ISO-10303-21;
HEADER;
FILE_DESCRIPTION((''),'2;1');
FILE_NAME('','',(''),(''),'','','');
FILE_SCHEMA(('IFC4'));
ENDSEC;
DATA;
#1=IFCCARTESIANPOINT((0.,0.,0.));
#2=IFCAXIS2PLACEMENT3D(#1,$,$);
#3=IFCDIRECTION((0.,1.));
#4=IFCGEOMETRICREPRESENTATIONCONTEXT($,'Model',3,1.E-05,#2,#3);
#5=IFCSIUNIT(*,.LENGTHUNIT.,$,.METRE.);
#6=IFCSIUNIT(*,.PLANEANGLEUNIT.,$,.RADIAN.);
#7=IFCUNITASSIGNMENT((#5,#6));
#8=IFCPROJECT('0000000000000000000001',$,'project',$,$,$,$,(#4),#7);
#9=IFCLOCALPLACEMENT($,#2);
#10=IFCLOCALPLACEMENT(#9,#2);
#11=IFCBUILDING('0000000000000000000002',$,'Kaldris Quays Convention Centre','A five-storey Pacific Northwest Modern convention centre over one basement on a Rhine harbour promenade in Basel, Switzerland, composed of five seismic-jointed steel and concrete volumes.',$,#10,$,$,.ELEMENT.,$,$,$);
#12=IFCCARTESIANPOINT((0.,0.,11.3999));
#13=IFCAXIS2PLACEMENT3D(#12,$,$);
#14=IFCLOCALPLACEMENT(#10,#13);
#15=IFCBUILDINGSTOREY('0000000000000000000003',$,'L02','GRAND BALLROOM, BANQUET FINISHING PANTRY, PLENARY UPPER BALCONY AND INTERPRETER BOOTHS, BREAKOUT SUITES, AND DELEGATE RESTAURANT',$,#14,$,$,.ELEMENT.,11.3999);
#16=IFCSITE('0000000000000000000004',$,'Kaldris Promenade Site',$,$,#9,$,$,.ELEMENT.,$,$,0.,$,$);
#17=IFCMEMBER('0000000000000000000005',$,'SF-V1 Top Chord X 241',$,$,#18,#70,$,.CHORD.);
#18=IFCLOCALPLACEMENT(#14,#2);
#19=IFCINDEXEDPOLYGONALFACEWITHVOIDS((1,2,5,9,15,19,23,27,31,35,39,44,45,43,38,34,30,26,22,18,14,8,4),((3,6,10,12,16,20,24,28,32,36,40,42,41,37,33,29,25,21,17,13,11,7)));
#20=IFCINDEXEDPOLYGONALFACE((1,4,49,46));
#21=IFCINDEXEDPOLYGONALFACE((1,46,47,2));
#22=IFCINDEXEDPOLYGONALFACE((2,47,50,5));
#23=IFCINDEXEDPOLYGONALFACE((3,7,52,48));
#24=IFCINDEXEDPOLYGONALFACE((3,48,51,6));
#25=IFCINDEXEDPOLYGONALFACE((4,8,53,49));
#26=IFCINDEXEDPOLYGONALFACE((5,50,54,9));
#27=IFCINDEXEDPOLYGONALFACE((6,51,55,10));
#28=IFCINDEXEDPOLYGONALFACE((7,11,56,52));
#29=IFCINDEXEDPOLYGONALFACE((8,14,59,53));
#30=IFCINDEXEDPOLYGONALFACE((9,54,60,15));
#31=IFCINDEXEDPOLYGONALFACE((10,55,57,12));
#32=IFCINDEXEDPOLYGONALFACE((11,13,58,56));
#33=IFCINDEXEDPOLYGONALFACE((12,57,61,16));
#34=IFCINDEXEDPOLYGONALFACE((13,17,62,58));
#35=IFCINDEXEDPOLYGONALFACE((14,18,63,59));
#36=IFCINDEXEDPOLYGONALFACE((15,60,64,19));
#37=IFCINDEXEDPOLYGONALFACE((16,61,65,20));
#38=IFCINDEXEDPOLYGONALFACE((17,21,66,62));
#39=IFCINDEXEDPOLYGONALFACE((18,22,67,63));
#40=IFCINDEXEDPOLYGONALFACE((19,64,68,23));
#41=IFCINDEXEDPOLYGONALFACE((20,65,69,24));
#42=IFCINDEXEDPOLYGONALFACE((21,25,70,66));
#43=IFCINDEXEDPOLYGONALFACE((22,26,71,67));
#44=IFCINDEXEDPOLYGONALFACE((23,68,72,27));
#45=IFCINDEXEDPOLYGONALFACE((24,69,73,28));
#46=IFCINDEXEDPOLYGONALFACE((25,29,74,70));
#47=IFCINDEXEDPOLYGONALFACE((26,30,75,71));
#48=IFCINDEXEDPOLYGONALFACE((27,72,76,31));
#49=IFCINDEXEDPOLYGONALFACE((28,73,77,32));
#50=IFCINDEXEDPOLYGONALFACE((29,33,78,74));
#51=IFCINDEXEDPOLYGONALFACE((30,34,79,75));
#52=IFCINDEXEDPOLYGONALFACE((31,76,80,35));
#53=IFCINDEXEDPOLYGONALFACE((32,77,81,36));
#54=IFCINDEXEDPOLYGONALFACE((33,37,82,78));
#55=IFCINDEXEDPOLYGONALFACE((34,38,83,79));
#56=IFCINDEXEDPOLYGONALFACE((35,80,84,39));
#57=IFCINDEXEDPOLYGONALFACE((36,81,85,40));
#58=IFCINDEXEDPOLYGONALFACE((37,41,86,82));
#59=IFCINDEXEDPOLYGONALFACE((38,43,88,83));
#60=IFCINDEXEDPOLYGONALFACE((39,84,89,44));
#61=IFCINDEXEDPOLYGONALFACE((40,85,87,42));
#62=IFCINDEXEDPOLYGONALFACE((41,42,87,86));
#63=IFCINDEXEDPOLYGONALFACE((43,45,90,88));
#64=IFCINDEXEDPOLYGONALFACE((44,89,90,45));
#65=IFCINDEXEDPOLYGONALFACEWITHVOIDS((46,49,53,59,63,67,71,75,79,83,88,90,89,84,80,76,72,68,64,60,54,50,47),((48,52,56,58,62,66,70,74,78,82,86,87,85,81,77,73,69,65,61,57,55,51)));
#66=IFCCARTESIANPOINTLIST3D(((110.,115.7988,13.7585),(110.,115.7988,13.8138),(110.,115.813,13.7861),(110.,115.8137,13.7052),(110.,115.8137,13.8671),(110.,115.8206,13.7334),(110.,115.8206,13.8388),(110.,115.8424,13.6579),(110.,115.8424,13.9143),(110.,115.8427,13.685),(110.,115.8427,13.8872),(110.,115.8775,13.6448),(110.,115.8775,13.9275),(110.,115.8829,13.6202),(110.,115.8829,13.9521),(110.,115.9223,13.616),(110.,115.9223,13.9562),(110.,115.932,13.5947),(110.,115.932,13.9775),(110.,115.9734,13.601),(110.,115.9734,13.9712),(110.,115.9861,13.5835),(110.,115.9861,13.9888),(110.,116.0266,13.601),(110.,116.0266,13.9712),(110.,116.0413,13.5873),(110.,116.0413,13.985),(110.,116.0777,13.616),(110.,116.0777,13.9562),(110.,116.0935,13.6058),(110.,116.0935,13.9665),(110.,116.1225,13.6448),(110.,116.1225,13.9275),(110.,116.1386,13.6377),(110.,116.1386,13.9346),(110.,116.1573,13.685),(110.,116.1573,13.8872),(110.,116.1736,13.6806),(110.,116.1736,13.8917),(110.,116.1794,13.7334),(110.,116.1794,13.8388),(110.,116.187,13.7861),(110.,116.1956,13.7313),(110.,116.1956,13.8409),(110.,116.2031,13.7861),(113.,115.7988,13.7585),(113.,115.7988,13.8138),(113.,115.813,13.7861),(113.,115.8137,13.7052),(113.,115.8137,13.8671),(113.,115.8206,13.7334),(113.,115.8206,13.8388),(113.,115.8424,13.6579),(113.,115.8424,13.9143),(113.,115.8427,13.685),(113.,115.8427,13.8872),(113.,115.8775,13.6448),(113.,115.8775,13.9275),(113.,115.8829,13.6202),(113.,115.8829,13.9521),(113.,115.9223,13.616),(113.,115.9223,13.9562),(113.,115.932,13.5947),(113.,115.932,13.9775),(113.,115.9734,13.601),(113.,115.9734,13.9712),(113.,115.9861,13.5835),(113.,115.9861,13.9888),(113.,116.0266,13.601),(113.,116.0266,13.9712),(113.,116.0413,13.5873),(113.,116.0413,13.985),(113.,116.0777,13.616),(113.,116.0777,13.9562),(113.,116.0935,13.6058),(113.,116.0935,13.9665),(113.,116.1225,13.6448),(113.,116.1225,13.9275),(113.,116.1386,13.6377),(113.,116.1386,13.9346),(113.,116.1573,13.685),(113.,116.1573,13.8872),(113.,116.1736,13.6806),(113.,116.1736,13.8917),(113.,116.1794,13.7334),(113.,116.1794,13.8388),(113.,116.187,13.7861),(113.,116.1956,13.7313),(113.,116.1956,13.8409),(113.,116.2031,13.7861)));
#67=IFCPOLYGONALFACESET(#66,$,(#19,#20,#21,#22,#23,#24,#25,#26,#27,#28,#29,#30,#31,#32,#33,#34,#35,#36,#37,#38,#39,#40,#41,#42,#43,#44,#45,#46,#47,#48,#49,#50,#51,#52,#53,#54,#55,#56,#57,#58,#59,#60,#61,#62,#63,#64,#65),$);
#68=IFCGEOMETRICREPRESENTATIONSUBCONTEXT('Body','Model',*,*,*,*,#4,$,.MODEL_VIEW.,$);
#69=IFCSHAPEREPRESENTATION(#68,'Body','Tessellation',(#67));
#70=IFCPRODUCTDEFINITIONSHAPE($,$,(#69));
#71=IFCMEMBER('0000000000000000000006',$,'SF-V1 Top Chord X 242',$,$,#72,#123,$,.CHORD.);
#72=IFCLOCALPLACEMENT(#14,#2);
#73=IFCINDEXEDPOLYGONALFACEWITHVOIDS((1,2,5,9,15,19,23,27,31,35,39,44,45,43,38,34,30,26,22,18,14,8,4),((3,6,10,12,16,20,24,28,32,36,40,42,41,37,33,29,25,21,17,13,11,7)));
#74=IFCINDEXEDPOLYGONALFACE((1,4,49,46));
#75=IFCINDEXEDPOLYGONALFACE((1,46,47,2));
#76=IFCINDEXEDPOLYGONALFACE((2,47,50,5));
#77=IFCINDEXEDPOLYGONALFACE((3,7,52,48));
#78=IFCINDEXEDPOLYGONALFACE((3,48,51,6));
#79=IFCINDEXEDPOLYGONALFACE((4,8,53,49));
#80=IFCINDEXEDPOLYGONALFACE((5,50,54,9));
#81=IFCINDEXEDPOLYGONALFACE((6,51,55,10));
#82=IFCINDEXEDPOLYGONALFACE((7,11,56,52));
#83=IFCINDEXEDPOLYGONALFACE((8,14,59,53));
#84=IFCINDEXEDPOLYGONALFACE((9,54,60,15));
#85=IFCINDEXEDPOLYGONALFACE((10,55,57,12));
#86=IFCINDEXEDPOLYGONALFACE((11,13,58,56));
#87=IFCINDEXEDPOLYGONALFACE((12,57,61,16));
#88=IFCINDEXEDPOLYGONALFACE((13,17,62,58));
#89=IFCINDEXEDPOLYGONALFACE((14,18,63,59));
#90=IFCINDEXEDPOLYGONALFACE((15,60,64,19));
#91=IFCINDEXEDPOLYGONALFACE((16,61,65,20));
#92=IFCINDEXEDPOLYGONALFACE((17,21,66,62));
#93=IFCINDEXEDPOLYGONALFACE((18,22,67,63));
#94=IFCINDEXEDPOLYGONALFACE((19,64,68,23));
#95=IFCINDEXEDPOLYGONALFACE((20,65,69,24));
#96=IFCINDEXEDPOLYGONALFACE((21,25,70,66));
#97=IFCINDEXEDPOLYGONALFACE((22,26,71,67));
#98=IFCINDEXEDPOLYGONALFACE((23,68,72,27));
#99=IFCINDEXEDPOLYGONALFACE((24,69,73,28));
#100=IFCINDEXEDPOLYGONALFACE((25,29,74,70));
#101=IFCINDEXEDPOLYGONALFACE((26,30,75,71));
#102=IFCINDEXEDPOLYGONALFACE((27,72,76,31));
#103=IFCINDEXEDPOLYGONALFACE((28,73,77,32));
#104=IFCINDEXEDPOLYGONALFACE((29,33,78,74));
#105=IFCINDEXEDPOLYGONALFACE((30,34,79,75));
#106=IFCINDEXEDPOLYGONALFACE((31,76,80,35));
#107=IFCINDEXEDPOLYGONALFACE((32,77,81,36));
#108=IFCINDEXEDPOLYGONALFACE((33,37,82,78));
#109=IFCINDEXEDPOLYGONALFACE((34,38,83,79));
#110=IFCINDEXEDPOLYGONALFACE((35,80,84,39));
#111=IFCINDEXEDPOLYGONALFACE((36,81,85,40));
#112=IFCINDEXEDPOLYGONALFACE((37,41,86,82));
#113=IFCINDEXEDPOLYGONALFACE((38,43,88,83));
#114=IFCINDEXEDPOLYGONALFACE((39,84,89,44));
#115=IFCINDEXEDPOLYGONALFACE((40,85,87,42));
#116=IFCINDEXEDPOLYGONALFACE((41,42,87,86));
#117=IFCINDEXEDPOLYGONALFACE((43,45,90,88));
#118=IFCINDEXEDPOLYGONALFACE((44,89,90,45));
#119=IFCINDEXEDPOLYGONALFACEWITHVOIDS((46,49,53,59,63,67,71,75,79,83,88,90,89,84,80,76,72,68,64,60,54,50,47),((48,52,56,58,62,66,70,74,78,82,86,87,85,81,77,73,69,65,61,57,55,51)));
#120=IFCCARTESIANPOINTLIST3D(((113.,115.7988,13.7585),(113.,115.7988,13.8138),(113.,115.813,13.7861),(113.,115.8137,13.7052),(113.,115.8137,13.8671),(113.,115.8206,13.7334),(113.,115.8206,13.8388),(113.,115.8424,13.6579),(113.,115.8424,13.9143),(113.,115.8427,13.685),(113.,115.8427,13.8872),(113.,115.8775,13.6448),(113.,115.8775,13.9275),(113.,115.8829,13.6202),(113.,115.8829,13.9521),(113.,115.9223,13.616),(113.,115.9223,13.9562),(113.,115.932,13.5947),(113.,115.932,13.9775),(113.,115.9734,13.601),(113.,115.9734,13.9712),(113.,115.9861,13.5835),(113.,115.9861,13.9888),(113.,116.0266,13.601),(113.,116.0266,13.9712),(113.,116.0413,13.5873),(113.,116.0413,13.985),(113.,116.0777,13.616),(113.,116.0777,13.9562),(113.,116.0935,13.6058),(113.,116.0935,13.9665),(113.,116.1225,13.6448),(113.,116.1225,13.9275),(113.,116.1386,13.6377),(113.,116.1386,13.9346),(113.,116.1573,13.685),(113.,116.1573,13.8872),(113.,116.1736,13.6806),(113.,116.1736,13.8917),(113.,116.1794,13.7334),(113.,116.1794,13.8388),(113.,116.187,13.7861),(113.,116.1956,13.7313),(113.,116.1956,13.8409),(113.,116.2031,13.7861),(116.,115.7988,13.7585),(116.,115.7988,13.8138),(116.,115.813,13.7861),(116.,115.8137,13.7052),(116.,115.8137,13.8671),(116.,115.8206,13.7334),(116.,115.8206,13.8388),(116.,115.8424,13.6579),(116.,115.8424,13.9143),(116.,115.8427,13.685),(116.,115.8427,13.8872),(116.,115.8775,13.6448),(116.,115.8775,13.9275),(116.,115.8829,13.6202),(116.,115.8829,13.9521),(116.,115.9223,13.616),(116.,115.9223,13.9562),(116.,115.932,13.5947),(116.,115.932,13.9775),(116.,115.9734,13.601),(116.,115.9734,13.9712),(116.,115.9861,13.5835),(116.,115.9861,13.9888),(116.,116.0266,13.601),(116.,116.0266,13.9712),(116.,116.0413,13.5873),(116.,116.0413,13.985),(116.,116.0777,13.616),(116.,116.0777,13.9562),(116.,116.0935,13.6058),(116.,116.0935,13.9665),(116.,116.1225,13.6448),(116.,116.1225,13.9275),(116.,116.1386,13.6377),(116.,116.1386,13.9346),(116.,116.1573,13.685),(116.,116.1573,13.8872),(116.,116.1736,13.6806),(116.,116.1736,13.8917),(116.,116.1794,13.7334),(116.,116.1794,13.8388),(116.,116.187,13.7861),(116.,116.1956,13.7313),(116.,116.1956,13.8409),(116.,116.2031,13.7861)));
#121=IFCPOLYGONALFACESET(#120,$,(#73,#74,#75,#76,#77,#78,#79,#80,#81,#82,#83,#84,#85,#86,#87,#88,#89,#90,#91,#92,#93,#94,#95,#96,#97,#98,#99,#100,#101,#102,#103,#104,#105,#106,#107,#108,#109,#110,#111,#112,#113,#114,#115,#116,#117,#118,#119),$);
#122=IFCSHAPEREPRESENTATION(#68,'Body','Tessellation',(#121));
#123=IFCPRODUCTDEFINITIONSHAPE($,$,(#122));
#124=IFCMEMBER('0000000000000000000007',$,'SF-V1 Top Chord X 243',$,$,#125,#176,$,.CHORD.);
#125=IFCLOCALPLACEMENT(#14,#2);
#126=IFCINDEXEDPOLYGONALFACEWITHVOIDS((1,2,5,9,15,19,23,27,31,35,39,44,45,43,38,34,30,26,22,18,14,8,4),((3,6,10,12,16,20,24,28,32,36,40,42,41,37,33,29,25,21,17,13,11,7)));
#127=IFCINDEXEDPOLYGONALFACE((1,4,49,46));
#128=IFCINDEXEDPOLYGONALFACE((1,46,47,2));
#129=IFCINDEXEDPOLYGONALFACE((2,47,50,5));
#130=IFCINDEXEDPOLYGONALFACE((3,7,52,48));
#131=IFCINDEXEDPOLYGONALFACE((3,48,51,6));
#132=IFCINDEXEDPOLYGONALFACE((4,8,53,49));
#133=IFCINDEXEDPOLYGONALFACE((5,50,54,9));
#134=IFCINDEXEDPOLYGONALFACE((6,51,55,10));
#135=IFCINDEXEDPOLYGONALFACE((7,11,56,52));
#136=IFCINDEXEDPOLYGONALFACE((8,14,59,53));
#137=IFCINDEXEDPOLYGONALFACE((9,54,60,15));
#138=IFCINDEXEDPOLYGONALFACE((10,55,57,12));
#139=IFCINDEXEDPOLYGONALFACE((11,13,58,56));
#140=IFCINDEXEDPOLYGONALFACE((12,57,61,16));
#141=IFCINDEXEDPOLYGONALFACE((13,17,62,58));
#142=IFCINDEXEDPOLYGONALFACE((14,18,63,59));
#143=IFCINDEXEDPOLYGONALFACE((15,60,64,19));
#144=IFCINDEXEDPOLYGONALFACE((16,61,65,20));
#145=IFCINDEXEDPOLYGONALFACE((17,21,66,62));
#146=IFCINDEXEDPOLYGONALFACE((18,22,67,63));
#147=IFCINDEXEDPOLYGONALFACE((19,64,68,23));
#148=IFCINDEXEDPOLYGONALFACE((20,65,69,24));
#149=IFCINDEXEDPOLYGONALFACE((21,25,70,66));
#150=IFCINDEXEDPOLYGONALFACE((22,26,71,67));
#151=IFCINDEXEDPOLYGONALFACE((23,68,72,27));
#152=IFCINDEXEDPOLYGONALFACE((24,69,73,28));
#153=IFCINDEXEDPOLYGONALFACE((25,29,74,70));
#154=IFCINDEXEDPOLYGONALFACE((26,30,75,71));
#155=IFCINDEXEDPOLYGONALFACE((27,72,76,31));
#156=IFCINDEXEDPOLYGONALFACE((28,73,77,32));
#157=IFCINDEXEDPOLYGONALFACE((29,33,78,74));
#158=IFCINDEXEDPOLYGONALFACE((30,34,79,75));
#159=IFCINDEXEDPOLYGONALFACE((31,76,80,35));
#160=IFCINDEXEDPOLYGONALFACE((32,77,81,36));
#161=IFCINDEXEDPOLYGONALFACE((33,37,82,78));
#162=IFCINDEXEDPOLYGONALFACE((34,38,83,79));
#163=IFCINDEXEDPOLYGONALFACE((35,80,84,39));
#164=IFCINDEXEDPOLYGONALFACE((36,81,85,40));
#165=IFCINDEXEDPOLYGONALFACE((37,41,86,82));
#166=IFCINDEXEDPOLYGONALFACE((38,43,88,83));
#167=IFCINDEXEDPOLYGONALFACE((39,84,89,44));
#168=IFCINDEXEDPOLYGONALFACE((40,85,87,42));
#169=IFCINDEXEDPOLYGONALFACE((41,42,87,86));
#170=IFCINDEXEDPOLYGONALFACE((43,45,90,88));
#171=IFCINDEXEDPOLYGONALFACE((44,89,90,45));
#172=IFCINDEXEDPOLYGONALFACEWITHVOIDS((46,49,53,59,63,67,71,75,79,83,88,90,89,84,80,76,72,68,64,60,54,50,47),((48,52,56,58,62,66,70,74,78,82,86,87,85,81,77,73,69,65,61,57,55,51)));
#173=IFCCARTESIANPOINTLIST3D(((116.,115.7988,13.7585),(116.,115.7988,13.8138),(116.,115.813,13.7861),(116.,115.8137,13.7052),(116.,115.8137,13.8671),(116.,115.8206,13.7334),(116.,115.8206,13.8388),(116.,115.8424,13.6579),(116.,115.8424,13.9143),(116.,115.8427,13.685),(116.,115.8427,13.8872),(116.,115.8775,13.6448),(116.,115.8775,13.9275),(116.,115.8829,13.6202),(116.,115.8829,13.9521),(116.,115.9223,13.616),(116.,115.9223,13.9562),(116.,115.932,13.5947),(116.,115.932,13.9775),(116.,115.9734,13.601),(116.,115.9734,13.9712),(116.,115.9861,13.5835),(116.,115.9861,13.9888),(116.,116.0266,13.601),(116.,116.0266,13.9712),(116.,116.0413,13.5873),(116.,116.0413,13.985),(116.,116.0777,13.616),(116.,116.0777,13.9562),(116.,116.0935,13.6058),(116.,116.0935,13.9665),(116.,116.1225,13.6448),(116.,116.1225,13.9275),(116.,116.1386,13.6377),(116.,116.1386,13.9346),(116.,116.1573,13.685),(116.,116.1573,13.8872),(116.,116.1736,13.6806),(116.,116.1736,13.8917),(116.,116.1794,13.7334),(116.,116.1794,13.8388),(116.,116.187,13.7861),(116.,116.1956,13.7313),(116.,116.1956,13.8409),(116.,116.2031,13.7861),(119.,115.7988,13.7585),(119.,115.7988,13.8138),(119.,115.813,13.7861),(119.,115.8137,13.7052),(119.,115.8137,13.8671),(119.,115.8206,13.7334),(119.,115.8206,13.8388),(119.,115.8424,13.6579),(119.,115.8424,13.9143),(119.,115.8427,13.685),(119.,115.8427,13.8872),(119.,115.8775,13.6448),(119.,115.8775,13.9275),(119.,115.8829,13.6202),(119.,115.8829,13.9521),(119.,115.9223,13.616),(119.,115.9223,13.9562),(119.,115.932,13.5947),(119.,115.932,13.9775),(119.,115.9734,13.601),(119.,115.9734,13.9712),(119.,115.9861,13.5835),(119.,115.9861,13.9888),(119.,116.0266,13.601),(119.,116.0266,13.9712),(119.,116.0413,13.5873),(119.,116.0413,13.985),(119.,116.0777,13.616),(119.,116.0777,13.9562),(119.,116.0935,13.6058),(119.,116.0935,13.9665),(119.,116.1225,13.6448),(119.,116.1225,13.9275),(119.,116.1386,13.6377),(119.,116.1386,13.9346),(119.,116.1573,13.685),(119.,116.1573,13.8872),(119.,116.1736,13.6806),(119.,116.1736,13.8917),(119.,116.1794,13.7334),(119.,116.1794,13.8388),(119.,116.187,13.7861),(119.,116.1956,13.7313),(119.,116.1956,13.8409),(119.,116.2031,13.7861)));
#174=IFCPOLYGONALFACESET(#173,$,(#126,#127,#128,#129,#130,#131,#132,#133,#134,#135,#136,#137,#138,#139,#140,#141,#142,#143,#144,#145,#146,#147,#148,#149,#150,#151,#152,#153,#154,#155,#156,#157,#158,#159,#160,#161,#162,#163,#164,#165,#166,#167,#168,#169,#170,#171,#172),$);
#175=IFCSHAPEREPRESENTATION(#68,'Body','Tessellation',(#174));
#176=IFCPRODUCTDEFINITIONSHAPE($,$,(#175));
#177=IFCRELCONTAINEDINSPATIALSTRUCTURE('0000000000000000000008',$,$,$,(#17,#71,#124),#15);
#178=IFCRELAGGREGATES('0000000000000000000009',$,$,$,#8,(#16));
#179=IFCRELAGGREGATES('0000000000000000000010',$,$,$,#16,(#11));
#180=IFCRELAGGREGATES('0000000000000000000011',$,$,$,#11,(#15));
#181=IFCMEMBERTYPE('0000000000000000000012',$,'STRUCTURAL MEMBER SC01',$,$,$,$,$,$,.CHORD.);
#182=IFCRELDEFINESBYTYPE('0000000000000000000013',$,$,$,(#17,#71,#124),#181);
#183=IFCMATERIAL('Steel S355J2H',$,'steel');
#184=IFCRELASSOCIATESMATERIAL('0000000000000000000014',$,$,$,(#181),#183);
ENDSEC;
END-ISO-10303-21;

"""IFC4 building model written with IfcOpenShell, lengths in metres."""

from ifc_helpers import new_model, si_unit, direction, frame, origin, origin_2d, place, context, subcontext, project, spatial, hollow_circle, extrude, material, material_profile, profile_set, type_object, element, save


model = new_model("IFC4")

# Units and contexts
model_context = context("Model", 3, precision=1e-05, world=origin(), true_north=direction((0.0, 1.0)))
body_context = subcontext(model_context, "Body", "Model", "MODEL_VIEW")
ifc_project = project(units=[si_unit("LENGTHUNIT", "METRE"), si_unit("PLANEANGLEUNIT", "RADIAN")], contexts=[model_context])

# Site, building, storey
site_placement = place(None, origin())
site = spatial("IfcSite", under=ifc_project, at=site_placement, Name="Kaldris Promenade Site", CompositionType="ELEMENT", RefElevation=0.0)
building_placement = place(site_placement, origin())
building = spatial("IfcBuilding", under=site, at=building_placement, Name="Kaldris Quays Convention Centre", Description="A five-storey Pacific Northwest Modern convention centre over one basement on a Rhine harbour promenade in Basel, Switzerland, composed of five seismic-jointed steel and concrete volumes.", CompositionType="ELEMENT")
storey_placement = place(building_placement, frame((0.0, 0.0, 11.3999)))
storey = spatial("IfcBuildingStorey", under=building, at=storey_placement, Name="L02", Description="GRAND BALLROOM, BANQUET FINISHING PANTRY, PLENARY UPPER BALCONY AND INTERPRETER BOOTHS, BREAKOUT SUITES, AND DELEGATE RESTAURANT", CompositionType="ELEMENT", Elevation=11.3999)

# Members
ifc_material_1 = material(Name="Steel S355J2H", Category="steel")
ifc_material_profile_1 = material_profile(ifc_material_1, hollow_circle(Radius=0.2031, WallThickness=0.0161, at=origin_2d()), Name="CHS 406.4x16")
ifc_profile_set_1 = profile_set([ifc_material_profile_1], Name="Steel S355J2H")
member_type_1 = type_object("IfcMemberType", Name="STRUCTURAL MEMBER SC01", PredefinedType="CHORD", material=ifc_profile_set_1)
for number, where, z_axis, x_axis, name in (
    (1, (110.0, 116.0, 13.7861), (1.0, 0.0, 0.0), (0.0, 1.0, 0.0), "SF-V1 Top Chord X 241"),
    (2, (113.0, 116.0, 13.7861), (1.0, 0.0, 0.0), (0.0, 1.0, 0.0), "SF-V1 Top Chord X 242"),
    (3, (116.0, 116.0, 13.7861), (1.0, 0.0, 0.0), (0.0, 1.0, 0.0), "SF-V1 Top Chord X 243"),
):
    element("IfcMember", number, at=place(storey_placement, frame(where, z_axis=z_axis, x_axis=x_axis)), inside=storey, type_object=member_type_1, Name=name, PredefinedType="CHORD", context=body_context, shape_type="SweptSolid", body=[
        extrude(hollow_circle(Radius=0.2031, WallThickness=0.0161, at=origin_2d()), origin(), (0.0, 0.0, 1.0), 3.0),
    ])

save(model, "model.ifc")
